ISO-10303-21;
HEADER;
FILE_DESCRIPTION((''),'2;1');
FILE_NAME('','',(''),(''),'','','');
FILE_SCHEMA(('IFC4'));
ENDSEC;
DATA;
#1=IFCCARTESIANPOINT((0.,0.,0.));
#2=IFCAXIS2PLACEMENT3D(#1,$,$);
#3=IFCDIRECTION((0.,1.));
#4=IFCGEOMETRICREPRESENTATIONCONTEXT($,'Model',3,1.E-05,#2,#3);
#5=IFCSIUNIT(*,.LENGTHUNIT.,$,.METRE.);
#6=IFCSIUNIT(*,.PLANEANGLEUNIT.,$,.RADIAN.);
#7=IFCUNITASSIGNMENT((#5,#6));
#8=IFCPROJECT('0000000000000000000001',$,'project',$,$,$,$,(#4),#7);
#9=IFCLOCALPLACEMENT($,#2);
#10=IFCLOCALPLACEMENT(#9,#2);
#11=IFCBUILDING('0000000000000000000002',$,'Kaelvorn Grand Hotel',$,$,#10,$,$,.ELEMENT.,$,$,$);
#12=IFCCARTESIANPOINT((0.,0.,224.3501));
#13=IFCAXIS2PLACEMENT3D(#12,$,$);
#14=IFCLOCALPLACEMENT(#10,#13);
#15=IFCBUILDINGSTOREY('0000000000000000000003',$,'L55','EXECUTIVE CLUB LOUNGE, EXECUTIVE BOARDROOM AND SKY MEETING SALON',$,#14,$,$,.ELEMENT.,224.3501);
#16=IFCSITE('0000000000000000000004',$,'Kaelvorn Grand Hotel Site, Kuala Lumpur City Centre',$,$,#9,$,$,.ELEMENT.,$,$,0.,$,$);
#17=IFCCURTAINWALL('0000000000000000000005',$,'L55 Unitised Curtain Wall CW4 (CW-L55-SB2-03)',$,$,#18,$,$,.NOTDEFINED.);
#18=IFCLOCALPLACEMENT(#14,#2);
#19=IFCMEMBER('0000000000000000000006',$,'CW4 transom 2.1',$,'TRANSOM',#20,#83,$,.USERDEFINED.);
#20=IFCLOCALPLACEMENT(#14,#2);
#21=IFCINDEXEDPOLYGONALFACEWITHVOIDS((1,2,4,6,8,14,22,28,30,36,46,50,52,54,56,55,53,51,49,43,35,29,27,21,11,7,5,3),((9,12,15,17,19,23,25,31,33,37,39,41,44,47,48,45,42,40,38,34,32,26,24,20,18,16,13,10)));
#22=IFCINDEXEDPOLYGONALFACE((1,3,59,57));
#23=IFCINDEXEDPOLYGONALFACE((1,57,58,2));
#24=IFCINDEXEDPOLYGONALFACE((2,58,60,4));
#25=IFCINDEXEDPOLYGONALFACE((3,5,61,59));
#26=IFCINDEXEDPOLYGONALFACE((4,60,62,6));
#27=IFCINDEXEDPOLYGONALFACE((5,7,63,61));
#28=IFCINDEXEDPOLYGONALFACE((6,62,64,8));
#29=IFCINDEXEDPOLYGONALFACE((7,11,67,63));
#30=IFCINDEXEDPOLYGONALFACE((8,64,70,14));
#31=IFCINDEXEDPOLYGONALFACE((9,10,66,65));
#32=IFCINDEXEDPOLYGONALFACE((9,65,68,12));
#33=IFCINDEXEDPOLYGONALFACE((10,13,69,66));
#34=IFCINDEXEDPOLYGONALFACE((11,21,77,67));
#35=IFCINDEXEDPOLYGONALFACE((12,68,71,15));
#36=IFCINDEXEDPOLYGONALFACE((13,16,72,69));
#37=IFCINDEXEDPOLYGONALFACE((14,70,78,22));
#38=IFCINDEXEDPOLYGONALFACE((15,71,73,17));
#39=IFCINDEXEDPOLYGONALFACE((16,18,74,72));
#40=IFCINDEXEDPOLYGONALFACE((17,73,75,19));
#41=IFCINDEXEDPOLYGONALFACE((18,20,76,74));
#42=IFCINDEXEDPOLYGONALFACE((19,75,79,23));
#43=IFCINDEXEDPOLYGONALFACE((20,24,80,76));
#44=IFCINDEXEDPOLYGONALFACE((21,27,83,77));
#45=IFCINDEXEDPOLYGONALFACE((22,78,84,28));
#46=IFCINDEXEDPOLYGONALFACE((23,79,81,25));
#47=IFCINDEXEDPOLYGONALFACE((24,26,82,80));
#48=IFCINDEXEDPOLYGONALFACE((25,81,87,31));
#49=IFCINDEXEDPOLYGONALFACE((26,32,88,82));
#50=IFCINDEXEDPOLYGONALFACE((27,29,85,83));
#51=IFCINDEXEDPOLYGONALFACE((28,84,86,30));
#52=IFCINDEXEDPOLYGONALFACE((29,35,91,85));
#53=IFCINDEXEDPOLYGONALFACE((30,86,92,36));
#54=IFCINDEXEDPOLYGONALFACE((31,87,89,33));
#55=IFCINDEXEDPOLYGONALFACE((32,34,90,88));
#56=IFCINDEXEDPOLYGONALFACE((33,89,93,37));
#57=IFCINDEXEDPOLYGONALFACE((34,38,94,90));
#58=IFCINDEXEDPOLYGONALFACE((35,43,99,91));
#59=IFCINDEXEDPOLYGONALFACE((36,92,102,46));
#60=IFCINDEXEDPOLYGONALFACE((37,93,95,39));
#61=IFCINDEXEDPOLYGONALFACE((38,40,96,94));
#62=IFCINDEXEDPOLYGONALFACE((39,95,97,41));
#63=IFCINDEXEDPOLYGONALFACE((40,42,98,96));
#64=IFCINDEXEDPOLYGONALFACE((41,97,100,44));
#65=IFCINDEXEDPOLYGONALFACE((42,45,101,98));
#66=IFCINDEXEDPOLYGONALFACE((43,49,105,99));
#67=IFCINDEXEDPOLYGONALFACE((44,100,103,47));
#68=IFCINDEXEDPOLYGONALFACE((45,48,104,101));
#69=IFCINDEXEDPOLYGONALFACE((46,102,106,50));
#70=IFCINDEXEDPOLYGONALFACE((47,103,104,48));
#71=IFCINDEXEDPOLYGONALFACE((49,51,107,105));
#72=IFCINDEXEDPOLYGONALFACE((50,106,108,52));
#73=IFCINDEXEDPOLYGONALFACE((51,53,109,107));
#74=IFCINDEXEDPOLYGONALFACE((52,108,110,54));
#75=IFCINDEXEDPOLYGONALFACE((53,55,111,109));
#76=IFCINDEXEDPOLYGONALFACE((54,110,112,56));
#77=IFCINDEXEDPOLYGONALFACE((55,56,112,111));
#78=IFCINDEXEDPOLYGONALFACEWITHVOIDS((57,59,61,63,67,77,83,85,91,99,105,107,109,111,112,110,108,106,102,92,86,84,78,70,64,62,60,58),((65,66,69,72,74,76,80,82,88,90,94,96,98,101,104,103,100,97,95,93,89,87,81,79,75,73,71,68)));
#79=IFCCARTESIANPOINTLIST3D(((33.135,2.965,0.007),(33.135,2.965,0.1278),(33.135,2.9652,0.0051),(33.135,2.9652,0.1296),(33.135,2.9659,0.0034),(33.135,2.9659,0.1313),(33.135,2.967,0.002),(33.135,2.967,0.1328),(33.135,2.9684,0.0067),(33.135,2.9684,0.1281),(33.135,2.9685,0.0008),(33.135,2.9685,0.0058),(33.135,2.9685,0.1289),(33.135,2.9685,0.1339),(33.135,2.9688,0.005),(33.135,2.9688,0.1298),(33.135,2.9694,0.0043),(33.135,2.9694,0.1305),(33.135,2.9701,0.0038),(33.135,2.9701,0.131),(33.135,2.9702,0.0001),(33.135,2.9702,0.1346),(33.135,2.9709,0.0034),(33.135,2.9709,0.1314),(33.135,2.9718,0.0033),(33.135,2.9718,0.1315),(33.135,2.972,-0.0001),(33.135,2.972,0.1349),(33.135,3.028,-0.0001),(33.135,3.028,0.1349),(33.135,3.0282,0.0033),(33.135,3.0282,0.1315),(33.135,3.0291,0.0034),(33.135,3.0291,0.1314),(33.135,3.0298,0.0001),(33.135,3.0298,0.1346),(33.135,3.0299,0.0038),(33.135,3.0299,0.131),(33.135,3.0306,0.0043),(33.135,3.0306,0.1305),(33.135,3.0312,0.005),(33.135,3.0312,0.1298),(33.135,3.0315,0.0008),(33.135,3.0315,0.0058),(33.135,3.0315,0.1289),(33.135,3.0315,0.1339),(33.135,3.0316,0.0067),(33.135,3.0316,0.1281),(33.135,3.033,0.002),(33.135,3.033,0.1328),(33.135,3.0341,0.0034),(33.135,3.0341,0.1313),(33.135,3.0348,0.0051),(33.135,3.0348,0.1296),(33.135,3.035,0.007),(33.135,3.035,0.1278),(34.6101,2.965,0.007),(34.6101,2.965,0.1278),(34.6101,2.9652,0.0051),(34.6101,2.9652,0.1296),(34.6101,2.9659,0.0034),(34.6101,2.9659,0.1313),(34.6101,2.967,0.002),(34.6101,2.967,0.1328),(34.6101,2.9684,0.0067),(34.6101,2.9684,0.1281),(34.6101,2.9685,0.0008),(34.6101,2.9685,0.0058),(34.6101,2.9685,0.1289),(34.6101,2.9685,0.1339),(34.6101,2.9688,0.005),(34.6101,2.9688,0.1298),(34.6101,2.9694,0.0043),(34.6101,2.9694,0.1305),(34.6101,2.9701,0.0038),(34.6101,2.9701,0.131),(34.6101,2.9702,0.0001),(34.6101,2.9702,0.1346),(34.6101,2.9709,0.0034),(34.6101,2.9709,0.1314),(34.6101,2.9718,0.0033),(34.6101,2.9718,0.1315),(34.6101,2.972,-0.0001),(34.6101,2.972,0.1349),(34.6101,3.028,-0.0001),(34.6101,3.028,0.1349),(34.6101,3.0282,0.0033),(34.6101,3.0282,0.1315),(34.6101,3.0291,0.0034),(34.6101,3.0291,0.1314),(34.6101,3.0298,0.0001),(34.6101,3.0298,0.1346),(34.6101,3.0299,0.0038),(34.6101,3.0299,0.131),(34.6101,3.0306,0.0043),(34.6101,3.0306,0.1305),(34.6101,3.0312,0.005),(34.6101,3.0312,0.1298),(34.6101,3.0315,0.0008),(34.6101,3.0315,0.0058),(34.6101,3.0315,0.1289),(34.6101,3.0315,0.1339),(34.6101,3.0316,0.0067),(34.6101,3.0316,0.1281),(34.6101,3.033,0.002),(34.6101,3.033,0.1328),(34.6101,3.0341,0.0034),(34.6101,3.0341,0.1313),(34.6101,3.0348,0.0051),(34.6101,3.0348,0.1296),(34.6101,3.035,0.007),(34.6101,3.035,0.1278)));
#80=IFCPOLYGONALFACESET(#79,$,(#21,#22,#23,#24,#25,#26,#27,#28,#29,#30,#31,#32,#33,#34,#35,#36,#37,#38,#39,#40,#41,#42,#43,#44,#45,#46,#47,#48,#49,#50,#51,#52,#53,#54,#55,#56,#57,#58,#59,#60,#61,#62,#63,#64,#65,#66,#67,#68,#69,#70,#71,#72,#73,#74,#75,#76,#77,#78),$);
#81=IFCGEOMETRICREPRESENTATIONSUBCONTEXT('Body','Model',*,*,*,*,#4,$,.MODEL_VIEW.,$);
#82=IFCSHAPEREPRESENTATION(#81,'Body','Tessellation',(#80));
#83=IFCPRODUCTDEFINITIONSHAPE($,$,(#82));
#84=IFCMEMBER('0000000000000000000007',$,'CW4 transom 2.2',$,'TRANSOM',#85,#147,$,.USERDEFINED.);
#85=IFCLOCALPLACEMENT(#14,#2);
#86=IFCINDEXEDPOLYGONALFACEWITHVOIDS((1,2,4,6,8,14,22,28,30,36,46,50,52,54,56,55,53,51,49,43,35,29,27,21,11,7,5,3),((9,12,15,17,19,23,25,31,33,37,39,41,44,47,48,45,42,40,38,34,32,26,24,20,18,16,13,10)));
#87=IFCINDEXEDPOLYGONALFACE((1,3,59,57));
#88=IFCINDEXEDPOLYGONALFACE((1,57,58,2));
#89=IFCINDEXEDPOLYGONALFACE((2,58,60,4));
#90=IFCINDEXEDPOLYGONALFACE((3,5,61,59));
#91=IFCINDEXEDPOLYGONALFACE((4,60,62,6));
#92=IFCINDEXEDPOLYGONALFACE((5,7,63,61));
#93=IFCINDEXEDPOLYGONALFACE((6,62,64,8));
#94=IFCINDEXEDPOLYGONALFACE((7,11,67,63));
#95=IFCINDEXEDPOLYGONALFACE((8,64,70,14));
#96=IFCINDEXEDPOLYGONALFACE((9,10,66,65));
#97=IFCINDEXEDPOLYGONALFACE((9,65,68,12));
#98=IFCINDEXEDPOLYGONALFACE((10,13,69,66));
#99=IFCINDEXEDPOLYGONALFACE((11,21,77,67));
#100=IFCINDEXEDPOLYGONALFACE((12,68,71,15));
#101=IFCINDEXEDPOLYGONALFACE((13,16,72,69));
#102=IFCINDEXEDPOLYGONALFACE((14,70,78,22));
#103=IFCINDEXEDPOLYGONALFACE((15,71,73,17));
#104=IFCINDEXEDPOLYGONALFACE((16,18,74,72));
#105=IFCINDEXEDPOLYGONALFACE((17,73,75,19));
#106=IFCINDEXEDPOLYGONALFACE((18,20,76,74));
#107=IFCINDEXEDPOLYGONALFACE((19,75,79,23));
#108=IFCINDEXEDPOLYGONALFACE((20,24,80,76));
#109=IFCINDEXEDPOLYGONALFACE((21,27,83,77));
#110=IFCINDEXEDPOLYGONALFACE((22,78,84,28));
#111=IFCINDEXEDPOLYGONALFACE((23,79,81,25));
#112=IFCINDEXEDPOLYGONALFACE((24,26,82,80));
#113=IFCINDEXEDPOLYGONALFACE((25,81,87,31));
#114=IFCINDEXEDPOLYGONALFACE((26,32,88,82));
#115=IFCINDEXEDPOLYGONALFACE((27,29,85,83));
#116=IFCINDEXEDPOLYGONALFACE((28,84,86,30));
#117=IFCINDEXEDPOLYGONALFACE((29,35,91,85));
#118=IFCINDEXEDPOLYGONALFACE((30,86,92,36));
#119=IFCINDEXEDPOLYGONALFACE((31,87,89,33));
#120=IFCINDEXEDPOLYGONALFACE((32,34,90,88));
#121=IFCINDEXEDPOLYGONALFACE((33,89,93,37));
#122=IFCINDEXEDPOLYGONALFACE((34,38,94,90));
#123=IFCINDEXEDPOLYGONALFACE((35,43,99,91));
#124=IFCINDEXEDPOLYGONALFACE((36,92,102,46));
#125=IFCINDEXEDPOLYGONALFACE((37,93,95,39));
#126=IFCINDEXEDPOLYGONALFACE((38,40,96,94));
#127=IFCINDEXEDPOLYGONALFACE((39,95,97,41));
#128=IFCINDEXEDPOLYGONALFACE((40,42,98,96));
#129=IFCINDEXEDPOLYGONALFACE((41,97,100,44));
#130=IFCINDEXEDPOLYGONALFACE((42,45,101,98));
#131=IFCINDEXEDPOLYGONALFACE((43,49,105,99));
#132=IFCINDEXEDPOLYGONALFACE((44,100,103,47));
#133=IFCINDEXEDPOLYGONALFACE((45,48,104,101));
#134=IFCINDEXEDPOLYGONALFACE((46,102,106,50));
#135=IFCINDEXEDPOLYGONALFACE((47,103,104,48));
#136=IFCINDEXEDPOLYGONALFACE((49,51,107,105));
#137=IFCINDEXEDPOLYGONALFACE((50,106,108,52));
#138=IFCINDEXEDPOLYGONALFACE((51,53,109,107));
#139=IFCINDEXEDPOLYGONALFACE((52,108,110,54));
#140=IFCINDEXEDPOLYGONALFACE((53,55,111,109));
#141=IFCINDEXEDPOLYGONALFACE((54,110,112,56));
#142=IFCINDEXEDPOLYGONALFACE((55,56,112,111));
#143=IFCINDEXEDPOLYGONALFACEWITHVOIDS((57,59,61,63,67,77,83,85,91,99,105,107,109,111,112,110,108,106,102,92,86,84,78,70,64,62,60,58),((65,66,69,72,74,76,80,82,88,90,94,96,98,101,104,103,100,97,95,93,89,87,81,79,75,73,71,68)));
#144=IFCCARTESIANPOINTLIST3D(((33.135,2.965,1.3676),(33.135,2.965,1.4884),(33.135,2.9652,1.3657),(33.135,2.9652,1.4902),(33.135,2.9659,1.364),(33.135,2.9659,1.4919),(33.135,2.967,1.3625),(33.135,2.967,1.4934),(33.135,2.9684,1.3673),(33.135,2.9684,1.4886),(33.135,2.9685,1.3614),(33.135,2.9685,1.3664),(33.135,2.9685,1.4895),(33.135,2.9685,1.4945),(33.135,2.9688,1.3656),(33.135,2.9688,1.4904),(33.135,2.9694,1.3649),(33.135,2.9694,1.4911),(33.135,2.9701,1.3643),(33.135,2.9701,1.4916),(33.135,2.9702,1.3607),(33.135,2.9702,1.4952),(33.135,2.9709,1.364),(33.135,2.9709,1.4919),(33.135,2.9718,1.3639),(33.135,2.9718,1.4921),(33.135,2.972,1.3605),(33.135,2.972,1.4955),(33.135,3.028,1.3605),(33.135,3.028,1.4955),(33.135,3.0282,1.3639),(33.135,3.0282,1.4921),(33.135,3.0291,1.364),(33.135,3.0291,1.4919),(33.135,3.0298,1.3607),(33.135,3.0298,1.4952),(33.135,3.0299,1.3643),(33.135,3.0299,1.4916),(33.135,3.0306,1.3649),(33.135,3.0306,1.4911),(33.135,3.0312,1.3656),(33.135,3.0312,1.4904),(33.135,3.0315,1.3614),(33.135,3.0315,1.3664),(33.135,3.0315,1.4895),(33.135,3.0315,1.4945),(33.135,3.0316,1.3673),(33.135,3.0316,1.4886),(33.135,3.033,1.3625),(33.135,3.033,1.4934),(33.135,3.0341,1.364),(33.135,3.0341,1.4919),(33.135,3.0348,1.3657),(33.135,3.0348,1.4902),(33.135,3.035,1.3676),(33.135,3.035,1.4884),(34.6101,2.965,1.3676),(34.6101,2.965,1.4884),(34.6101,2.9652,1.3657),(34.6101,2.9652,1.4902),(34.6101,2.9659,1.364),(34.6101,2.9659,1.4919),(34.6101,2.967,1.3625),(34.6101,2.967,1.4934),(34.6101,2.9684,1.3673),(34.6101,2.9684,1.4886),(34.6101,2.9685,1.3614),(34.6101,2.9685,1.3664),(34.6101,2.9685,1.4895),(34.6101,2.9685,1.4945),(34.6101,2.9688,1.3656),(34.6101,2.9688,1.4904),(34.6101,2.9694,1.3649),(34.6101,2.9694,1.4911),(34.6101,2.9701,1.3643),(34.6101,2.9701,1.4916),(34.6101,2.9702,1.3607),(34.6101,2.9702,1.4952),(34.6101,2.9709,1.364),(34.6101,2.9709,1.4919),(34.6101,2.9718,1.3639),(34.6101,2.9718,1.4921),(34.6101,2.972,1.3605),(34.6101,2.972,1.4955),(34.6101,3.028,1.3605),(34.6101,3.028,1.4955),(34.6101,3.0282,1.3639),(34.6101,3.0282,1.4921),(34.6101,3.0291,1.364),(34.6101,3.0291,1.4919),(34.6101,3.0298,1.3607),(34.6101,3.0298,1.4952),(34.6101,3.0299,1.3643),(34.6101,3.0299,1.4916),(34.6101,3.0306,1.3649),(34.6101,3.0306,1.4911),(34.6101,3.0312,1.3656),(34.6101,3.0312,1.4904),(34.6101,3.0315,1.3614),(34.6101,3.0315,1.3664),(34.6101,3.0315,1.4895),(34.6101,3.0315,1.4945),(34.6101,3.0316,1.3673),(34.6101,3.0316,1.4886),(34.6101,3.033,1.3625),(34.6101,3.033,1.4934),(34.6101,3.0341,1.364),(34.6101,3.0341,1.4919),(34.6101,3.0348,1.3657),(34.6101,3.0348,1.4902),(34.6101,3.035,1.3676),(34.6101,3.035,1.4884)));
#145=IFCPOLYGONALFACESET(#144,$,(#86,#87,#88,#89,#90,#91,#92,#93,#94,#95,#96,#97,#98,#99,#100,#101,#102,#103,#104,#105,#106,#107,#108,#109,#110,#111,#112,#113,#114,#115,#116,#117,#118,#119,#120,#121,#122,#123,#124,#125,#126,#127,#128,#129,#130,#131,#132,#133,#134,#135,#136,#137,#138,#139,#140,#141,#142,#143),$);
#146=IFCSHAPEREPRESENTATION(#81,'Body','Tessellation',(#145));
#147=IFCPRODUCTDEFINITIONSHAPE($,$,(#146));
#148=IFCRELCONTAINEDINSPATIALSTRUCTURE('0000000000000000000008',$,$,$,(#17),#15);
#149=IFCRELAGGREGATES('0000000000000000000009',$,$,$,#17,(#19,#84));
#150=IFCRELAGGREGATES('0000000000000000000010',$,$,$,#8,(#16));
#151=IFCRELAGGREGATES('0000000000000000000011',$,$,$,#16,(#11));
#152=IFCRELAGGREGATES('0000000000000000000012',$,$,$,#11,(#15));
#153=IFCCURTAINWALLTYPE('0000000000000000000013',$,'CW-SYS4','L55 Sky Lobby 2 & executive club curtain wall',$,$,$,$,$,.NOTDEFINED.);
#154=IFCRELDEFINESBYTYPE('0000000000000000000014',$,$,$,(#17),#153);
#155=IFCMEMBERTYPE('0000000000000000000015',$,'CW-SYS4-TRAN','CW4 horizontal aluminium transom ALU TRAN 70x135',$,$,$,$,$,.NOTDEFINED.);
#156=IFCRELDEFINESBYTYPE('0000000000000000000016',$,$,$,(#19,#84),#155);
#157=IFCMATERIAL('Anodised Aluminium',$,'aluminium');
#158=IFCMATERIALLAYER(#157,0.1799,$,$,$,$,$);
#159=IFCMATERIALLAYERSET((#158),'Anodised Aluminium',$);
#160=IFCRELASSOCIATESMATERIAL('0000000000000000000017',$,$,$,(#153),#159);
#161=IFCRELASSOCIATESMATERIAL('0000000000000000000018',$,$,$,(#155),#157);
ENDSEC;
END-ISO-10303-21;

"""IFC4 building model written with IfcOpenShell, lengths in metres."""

from ifc_helpers import new_model, si_unit, direction, frame, origin, origin_2d, place, context, subcontext, project, spatial, hollow_rectangle, extrude, material, layer, layer_set, material_profile, profile_set, type_object, element, aggregate, save


model = new_model("IFC4")

# Units and contexts
model_context = context("Model", 3, precision=1e-05, world=origin(), true_north=direction((0.0, 1.0)))
body_context = subcontext(model_context, "Body", "Model", "MODEL_VIEW")
ifc_project = project(units=[si_unit("LENGTHUNIT", "METRE"), si_unit("PLANEANGLEUNIT", "RADIAN")], contexts=[model_context])

# Site, building, storey
site_placement = place(None, origin())
site = spatial("IfcSite", under=ifc_project, at=site_placement, Name="Kaelvorn Grand Hotel Site, Kuala Lumpur City Centre", CompositionType="ELEMENT", RefElevation=0.0)
building_placement = place(site_placement, origin())
building = spatial("IfcBuilding", under=site, at=building_placement, Name="Kaelvorn Grand Hotel", CompositionType="ELEMENT")
storey_placement = place(building_placement, frame((0.0, 0.0, 224.3501)))
storey = spatial("IfcBuildingStorey", under=building, at=storey_placement, Name="L55", Description="EXECUTIVE CLUB LOUNGE, EXECUTIVE BOARDROOM AND SKY MEETING SALON", CompositionType="ELEMENT", Elevation=224.3501)

# Shared definitions
ifc_material_1 = material(Name="Anodised Aluminium", Category="aluminium")
ifc_layer_1 = layer(ifc_material_1, 0.1799)
ifc_layer_set_1 = layer_set([ifc_layer_1], Name="Anodised Aluminium")
curtain_wall_type = type_object("IfcCurtainWallType", Name="CW-SYS4", Description="L55 Sky Lobby 2 & executive club curtain wall", PredefinedType="NOTDEFINED", material=ifc_layer_set_1)

# Curtain wall
curtain_wall_1_placement = place(storey_placement, origin())
curtain_wall_1 = element("IfcCurtainWall", 1, at=curtain_wall_1_placement, inside=storey, type_object=curtain_wall_type, Name="L55 Unitised Curtain Wall CW4 (CW-L55-SB2-03)", PredefinedType="NOTDEFINED")

# Members
ifc_material_profile_1 = material_profile(ifc_material_1, hollow_rectangle(XDim=0.0701, YDim=0.135, WallThickness=0.0034, InnerFilletRadius=0.0034, OuterFilletRadius=0.0071, at=origin_2d()), Name="ALU TRAN 70x135")
ifc_profile_set_1 = profile_set([ifc_material_profile_1], Name="Anodised Aluminium")
member_type_1 = type_object("IfcMemberType", Name="CW-SYS4-TRAN", Description="CW4 horizontal aluminium transom ALU TRAN 70x135", PredefinedType="NOTDEFINED", material=ifc_profile_set_1)
member_1_placement = place(storey_placement, frame((33.135, 3.0, 0.0674), z_axis=(1.0, 0.0, 0.0), x_axis=(0.0, 1.0, 0.0)))
member_1 = element("IfcMember", 2, at=member_1_placement, type_object=member_type_1, Name="CW4 transom 2.1", ObjectType="TRANSOM", PredefinedType="USERDEFINED", context=body_context, shape_type="SweptSolid", body=[
    extrude(hollow_rectangle(XDim=0.0701, YDim=0.135, WallThickness=0.0034, InnerFilletRadius=0.0034, OuterFilletRadius=0.0071, at=origin_2d()), origin(), (0.0, 0.0, 1.0), 1.4751),
])
member_2_placement = place(storey_placement, frame((33.135, 3.0, 1.428), z_axis=(1.0, 0.0, 0.0), x_axis=(0.0, 1.0, 0.0)))
member_2 = element("IfcMember", 3, at=member_2_placement, type_object=member_type_1, Name="CW4 transom 2.2", ObjectType="TRANSOM", PredefinedType="USERDEFINED", context=body_context, shape_type="SweptSolid", body=[
    extrude(hollow_rectangle(XDim=0.0701, YDim=0.135, WallThickness=0.0034, InnerFilletRadius=0.0034, OuterFilletRadius=0.0071, at=origin_2d()), origin(), (0.0, 0.0, 1.0), 1.4751),
])

aggregate(curtain_wall_1, [member_1, member_2])

save(model, "model.ifc")
